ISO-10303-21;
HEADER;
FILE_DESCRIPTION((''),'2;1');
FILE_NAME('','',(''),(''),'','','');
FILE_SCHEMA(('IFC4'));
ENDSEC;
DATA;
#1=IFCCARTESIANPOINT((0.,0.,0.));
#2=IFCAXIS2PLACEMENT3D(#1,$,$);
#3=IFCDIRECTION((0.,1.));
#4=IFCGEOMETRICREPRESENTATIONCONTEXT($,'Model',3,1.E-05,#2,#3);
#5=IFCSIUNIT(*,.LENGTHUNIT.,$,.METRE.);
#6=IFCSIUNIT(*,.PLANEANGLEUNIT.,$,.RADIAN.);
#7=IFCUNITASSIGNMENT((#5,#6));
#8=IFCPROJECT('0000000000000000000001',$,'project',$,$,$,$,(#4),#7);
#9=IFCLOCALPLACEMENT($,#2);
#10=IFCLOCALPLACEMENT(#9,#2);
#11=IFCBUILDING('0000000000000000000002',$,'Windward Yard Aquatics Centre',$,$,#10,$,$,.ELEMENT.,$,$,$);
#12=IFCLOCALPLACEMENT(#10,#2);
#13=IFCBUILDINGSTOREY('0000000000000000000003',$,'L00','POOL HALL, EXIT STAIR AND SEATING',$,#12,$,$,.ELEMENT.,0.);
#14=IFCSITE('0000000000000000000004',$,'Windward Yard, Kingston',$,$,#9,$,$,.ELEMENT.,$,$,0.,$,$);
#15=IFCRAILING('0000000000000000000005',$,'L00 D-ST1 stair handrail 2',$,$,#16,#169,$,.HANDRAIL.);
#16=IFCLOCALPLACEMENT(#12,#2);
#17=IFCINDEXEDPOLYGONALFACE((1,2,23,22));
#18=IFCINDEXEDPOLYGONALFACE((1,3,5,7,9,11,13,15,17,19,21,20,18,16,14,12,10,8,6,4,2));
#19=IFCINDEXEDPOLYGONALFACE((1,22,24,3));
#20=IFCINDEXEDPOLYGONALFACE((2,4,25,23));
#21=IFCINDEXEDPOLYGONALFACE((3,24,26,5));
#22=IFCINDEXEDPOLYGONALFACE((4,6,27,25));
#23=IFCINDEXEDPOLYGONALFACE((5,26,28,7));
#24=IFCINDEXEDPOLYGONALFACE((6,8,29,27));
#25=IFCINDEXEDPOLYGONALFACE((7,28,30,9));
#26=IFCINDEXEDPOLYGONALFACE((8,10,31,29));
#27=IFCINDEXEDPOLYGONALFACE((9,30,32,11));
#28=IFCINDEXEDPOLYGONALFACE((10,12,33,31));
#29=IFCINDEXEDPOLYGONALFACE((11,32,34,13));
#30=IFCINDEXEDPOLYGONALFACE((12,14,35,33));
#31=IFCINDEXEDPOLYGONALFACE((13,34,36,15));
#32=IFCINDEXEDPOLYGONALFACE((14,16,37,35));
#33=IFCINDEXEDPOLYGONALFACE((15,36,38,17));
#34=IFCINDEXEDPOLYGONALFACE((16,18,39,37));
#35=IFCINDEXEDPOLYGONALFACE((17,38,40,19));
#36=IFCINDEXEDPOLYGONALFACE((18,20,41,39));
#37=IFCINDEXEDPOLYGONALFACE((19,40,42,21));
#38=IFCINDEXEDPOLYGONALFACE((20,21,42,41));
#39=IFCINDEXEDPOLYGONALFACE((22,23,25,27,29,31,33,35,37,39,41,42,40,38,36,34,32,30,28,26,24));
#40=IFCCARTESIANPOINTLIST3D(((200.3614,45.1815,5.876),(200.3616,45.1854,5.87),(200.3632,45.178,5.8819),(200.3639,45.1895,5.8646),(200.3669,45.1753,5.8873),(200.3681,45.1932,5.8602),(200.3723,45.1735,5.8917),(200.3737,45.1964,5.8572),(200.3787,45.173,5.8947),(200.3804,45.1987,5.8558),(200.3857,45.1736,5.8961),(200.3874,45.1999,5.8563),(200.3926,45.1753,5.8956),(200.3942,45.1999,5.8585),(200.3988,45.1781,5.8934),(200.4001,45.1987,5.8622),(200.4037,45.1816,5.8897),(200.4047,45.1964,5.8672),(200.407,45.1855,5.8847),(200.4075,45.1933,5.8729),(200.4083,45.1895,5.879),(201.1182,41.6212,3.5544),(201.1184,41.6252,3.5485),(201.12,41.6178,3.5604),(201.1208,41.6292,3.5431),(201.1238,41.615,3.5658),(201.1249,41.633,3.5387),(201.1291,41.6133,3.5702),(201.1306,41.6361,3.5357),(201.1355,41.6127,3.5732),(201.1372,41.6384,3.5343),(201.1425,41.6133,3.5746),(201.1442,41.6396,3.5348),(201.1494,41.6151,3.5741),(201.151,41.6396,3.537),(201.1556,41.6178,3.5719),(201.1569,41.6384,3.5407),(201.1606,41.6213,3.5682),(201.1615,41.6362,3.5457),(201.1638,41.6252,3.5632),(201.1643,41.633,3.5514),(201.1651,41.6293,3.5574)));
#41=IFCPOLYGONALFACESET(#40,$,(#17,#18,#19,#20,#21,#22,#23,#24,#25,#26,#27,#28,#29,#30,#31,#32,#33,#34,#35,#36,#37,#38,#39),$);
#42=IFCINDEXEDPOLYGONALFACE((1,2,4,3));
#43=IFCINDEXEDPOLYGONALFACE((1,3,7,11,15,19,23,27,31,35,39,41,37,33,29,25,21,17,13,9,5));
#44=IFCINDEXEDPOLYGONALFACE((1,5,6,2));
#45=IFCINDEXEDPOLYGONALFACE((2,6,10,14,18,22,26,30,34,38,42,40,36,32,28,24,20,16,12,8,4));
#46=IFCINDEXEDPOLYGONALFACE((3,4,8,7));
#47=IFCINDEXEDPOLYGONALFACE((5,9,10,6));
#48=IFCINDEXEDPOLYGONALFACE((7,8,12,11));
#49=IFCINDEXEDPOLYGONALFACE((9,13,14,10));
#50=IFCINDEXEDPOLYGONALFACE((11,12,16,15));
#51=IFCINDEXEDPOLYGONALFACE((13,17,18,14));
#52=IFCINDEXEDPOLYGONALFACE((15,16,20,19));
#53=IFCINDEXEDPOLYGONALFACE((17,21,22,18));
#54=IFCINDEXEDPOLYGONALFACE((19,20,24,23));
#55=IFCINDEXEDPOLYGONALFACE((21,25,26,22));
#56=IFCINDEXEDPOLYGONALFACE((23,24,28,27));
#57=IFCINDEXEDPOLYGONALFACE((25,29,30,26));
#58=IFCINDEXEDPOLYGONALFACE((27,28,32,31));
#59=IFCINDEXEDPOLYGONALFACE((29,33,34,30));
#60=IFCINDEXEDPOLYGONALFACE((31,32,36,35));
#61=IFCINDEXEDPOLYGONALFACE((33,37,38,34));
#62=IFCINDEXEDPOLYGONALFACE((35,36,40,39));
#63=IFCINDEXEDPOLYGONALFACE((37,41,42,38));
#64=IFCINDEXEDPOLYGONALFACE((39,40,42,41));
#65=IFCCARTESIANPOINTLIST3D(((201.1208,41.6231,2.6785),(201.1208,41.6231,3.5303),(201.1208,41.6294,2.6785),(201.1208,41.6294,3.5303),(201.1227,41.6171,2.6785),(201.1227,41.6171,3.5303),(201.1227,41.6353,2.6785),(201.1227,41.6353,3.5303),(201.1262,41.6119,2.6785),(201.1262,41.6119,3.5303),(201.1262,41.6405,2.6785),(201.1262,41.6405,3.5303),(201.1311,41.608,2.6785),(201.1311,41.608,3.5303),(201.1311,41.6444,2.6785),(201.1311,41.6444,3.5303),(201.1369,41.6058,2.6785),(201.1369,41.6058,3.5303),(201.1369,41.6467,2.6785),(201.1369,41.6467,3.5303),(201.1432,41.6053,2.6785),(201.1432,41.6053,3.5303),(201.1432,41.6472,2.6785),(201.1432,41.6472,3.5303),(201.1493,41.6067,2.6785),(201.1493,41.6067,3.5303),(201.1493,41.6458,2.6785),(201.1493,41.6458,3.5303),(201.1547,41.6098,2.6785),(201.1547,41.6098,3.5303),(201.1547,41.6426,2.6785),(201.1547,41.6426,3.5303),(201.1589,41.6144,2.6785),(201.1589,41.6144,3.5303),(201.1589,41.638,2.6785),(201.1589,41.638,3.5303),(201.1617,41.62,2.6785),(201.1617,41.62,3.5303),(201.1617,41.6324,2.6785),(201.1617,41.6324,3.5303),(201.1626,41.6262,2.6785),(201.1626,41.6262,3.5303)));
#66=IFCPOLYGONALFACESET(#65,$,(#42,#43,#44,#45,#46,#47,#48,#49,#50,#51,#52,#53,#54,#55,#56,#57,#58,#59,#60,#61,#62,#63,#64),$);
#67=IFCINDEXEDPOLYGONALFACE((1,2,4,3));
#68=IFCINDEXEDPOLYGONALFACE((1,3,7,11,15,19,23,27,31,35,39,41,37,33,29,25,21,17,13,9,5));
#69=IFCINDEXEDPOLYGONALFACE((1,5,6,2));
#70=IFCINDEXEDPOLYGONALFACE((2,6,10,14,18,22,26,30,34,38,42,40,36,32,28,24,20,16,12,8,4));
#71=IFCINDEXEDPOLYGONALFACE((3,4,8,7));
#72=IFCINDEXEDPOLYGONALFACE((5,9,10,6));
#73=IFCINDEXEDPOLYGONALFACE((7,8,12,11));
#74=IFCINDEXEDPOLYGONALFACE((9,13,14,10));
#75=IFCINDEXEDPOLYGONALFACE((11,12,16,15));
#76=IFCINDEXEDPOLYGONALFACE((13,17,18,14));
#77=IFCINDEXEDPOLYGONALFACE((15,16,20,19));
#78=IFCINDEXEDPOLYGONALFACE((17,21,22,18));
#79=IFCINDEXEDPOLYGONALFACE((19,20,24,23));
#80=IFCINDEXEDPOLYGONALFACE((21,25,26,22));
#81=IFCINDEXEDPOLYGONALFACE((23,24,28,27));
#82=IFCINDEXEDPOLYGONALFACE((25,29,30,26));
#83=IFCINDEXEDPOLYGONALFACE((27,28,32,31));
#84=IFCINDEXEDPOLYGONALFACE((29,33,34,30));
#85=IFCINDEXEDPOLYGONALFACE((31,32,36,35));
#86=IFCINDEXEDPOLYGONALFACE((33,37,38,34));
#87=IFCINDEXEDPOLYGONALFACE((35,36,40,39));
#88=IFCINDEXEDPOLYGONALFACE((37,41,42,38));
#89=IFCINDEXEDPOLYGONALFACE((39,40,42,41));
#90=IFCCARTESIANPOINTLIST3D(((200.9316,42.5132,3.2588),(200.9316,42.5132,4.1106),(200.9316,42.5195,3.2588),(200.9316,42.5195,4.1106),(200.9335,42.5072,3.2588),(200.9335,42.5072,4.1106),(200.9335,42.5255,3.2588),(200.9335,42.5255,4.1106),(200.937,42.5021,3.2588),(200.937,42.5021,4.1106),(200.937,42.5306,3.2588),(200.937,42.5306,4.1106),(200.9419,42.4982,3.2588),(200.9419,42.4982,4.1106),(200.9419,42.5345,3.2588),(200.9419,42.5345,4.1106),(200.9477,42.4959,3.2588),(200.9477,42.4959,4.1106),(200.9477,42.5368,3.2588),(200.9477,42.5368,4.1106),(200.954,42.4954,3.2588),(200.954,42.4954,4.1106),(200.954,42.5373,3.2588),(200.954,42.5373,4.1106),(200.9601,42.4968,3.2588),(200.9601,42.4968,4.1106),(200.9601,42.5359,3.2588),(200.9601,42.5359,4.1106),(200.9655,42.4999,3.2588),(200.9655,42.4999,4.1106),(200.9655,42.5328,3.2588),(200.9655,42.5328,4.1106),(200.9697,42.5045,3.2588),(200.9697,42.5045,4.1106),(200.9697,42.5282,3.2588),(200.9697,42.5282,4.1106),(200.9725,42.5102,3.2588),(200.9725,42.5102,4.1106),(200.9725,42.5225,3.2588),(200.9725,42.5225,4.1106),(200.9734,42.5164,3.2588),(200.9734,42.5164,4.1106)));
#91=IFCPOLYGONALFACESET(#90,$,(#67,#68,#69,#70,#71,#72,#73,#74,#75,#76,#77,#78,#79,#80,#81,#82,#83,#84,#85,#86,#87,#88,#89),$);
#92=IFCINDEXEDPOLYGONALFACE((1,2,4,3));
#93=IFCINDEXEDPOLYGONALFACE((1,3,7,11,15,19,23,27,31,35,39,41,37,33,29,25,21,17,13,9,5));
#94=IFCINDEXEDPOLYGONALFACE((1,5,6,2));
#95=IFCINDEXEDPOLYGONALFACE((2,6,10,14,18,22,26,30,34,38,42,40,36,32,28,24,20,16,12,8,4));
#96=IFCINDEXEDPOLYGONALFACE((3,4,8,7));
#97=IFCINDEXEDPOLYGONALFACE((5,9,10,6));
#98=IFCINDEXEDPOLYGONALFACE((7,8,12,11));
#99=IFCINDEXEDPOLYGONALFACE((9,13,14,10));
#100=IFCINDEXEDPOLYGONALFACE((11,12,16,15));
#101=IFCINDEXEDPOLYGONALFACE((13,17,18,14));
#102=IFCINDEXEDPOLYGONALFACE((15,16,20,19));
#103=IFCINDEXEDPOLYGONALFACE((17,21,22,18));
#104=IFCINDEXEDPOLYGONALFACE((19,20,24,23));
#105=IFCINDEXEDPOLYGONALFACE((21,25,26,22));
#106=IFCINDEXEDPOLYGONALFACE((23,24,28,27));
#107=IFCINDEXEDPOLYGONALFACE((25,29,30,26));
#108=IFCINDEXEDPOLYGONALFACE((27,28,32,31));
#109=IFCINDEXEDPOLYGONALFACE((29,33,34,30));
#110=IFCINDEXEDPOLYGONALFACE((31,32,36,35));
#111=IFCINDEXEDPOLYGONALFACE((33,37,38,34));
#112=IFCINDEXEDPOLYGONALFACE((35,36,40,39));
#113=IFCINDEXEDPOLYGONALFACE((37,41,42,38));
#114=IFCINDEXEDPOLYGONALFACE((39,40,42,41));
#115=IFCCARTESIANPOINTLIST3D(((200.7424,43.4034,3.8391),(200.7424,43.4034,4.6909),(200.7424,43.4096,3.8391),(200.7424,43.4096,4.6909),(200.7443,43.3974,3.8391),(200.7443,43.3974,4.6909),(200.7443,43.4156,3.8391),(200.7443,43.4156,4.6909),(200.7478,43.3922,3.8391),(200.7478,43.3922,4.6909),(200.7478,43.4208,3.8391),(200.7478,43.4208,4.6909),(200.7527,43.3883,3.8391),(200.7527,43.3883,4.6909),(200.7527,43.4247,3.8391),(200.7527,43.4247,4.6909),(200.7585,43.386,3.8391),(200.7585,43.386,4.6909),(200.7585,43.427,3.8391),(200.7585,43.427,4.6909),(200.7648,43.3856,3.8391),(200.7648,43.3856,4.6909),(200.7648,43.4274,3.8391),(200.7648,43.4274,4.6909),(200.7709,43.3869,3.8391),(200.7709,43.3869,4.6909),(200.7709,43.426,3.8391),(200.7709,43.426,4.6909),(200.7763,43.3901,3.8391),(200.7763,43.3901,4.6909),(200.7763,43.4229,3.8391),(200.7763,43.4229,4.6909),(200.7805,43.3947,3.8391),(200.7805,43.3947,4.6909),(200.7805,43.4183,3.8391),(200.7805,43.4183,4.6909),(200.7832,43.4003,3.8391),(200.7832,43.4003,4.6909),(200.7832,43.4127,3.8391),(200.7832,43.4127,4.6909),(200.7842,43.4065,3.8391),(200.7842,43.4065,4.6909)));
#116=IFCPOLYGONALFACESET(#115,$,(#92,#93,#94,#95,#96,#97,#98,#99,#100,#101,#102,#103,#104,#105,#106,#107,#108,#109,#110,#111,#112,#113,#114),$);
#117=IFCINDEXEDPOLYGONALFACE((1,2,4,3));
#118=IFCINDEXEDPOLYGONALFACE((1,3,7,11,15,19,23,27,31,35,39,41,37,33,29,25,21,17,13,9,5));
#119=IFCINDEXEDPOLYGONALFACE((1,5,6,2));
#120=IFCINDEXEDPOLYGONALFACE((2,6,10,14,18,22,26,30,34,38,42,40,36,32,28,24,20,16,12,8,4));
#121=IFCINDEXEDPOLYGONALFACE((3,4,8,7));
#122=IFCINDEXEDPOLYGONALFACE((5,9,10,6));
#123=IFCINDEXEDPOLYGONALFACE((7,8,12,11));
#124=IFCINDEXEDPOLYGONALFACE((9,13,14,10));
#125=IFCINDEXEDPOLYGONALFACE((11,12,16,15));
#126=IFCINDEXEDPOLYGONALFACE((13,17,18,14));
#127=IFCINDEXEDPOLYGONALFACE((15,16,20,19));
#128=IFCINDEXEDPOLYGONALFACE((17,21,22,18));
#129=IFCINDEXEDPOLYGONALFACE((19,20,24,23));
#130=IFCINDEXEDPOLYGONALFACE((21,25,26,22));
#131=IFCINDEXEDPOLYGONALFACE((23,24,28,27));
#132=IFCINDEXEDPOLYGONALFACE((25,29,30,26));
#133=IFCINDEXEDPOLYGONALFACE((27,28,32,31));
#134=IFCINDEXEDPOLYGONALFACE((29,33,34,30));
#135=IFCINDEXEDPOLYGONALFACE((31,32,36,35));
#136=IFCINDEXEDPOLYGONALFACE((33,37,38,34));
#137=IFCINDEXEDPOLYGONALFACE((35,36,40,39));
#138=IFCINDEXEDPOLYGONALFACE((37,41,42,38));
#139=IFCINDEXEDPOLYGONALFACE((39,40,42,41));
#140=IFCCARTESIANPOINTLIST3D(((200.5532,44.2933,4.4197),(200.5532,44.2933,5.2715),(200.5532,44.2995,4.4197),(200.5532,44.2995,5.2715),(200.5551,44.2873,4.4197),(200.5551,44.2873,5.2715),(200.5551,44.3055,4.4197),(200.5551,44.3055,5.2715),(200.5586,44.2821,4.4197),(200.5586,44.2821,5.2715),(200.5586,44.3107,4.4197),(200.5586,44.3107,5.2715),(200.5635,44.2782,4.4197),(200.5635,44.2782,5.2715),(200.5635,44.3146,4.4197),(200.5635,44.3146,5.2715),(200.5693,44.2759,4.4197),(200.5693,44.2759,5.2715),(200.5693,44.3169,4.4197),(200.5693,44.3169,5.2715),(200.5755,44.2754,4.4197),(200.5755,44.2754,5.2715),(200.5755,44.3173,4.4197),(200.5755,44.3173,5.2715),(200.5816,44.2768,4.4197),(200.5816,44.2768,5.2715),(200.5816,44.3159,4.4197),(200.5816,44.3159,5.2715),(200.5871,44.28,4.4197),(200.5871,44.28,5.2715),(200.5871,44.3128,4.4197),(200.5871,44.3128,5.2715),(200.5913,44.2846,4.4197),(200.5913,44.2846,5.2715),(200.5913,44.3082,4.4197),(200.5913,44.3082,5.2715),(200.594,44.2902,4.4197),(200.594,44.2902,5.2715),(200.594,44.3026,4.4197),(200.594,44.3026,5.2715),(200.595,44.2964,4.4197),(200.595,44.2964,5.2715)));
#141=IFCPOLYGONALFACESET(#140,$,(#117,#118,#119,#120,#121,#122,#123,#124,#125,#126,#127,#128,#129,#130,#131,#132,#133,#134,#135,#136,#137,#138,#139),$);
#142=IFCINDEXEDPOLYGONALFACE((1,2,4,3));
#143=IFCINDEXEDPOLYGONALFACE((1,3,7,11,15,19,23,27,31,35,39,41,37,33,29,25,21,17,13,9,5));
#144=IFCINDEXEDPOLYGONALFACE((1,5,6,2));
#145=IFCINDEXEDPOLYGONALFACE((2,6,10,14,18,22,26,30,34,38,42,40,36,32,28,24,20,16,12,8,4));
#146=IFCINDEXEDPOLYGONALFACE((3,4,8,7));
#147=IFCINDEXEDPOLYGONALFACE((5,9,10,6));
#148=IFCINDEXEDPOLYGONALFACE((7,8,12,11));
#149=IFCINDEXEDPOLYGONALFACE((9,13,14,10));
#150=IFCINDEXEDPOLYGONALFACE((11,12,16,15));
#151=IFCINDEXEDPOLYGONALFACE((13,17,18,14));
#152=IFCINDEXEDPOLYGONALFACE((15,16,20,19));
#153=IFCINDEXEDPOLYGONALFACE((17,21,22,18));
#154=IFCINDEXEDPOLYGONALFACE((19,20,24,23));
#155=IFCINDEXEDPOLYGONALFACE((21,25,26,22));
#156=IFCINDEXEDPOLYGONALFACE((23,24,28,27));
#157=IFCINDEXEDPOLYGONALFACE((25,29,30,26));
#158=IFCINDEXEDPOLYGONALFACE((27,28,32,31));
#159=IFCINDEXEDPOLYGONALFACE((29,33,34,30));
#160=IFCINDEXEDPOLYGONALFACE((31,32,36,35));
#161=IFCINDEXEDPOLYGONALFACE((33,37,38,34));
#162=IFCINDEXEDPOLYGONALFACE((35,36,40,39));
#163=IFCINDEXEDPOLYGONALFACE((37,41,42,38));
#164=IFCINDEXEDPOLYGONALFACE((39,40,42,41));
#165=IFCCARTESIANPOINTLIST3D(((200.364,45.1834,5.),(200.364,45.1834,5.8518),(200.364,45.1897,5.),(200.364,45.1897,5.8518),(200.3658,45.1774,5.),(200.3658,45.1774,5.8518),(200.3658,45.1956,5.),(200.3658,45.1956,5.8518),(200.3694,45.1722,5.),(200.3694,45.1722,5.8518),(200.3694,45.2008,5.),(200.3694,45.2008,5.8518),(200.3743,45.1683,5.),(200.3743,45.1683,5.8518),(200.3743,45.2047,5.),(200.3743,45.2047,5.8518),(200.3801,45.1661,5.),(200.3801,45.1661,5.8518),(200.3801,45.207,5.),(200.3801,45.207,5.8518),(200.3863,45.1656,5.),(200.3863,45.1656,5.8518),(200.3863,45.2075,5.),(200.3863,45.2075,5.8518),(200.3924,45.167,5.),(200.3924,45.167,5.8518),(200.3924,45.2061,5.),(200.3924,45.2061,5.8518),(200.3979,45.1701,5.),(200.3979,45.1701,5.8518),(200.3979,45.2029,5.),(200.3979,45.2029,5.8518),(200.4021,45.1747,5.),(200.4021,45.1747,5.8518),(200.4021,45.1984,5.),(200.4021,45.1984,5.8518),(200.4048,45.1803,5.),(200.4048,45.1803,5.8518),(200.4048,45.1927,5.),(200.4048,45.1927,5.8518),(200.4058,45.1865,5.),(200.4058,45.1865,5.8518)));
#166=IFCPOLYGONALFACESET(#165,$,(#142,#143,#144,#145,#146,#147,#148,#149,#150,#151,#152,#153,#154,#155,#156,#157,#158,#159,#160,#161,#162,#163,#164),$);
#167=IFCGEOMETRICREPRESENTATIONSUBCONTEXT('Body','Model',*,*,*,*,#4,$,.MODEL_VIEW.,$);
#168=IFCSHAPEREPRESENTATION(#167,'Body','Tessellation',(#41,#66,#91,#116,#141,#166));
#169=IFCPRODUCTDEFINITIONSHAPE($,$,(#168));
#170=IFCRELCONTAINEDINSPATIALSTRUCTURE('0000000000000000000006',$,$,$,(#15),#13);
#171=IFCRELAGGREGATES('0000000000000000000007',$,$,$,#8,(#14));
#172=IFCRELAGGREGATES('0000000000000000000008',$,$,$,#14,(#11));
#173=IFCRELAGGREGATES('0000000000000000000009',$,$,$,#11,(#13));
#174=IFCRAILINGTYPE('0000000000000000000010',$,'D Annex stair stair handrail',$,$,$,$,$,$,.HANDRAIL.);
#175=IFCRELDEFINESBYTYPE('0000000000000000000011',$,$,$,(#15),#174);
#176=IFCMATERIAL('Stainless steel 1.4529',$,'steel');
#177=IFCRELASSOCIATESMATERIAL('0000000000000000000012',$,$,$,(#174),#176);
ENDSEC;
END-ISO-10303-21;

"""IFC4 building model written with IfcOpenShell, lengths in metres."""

from ifc_helpers import new_model, si_unit, direction, frame, origin, origin_2d, place, context, subcontext, project, spatial, circle, extrude, material, type_object, element, save


model = new_model("IFC4")

# Units and contexts
model_context = context("Model", 3, precision=1e-05, world=origin(), true_north=direction((0.0, 1.0)))
body_context = subcontext(model_context, "Body", "Model", "MODEL_VIEW")
ifc_project = project(units=[si_unit("LENGTHUNIT", "METRE"), si_unit("PLANEANGLEUNIT", "RADIAN")], contexts=[model_context])

# Site, building, storey
site_placement = place(None, origin())
site = spatial("IfcSite", under=ifc_project, at=site_placement, Name="Windward Yard, Kingston", CompositionType="ELEMENT", RefElevation=0.0)
building_placement = place(site_placement, origin())
building = spatial("IfcBuilding", under=site, at=building_placement, Name="Windward Yard Aquatics Centre", CompositionType="ELEMENT")
storey_placement = place(building_placement, origin())
storey = spatial("IfcBuildingStorey", under=building, at=storey_placement, Name="L00", Description="POOL HALL, EXIT STAIR AND SEATING", CompositionType="ELEMENT", Elevation=0.0)

# Railing
ifc_material_1 = material(Name="Stainless steel 1.4529", Category="steel")
railing_type_1 = type_object("IfcRailingType", Name="D Annex stair stair handrail", PredefinedType="HANDRAIL", material=ifc_material_1)
railing_1_placement = place(storey_placement, frame((201.1416, 41.6262, 2.6785)))
element("IfcRailing", 1, at=railing_1_placement, inside=storey, type_object=railing_type_1, Name="L00 D-ST1 stair handrail 2", PredefinedType="HANDRAIL", context=body_context, shape_type="SweptSolid", body=[
    extrude(circle(Radius=0.0239, at=origin_2d()), frame((0.0, 0.0, 0.876), z_axis=(-0.175308, 0.824682, 0.537743), x_axis=(-0.978144, -0.20793, 0.0)), (0.0, 0.0, 1.0), 4.3171),
    extrude(circle(Radius=0.021, at=origin_2d()), origin(), (0.0, 0.0, 1.0), 0.8518),
    extrude(circle(Radius=0.021, at=origin_2d()), frame((-0.1892, 0.8901, 0.5803)), (0.0, 0.0, 1.0), 0.8518),
    extrude(circle(Radius=0.021, at=origin_2d()), frame((-0.3784, 1.7803, 1.1606)), (0.0, 0.0, 1.0), 0.8518),
    extrude(circle(Radius=0.021, at=origin_2d()), frame((-0.5676, 2.6702, 1.7412)), (0.0, 0.0, 1.0), 0.8518),
    extrude(circle(Radius=0.021, at=origin_2d()), frame((-0.7568, 3.5603, 2.3215)), (0.0, 0.0, 1.0), 0.8518),
])

save(model, "model.ifc")
